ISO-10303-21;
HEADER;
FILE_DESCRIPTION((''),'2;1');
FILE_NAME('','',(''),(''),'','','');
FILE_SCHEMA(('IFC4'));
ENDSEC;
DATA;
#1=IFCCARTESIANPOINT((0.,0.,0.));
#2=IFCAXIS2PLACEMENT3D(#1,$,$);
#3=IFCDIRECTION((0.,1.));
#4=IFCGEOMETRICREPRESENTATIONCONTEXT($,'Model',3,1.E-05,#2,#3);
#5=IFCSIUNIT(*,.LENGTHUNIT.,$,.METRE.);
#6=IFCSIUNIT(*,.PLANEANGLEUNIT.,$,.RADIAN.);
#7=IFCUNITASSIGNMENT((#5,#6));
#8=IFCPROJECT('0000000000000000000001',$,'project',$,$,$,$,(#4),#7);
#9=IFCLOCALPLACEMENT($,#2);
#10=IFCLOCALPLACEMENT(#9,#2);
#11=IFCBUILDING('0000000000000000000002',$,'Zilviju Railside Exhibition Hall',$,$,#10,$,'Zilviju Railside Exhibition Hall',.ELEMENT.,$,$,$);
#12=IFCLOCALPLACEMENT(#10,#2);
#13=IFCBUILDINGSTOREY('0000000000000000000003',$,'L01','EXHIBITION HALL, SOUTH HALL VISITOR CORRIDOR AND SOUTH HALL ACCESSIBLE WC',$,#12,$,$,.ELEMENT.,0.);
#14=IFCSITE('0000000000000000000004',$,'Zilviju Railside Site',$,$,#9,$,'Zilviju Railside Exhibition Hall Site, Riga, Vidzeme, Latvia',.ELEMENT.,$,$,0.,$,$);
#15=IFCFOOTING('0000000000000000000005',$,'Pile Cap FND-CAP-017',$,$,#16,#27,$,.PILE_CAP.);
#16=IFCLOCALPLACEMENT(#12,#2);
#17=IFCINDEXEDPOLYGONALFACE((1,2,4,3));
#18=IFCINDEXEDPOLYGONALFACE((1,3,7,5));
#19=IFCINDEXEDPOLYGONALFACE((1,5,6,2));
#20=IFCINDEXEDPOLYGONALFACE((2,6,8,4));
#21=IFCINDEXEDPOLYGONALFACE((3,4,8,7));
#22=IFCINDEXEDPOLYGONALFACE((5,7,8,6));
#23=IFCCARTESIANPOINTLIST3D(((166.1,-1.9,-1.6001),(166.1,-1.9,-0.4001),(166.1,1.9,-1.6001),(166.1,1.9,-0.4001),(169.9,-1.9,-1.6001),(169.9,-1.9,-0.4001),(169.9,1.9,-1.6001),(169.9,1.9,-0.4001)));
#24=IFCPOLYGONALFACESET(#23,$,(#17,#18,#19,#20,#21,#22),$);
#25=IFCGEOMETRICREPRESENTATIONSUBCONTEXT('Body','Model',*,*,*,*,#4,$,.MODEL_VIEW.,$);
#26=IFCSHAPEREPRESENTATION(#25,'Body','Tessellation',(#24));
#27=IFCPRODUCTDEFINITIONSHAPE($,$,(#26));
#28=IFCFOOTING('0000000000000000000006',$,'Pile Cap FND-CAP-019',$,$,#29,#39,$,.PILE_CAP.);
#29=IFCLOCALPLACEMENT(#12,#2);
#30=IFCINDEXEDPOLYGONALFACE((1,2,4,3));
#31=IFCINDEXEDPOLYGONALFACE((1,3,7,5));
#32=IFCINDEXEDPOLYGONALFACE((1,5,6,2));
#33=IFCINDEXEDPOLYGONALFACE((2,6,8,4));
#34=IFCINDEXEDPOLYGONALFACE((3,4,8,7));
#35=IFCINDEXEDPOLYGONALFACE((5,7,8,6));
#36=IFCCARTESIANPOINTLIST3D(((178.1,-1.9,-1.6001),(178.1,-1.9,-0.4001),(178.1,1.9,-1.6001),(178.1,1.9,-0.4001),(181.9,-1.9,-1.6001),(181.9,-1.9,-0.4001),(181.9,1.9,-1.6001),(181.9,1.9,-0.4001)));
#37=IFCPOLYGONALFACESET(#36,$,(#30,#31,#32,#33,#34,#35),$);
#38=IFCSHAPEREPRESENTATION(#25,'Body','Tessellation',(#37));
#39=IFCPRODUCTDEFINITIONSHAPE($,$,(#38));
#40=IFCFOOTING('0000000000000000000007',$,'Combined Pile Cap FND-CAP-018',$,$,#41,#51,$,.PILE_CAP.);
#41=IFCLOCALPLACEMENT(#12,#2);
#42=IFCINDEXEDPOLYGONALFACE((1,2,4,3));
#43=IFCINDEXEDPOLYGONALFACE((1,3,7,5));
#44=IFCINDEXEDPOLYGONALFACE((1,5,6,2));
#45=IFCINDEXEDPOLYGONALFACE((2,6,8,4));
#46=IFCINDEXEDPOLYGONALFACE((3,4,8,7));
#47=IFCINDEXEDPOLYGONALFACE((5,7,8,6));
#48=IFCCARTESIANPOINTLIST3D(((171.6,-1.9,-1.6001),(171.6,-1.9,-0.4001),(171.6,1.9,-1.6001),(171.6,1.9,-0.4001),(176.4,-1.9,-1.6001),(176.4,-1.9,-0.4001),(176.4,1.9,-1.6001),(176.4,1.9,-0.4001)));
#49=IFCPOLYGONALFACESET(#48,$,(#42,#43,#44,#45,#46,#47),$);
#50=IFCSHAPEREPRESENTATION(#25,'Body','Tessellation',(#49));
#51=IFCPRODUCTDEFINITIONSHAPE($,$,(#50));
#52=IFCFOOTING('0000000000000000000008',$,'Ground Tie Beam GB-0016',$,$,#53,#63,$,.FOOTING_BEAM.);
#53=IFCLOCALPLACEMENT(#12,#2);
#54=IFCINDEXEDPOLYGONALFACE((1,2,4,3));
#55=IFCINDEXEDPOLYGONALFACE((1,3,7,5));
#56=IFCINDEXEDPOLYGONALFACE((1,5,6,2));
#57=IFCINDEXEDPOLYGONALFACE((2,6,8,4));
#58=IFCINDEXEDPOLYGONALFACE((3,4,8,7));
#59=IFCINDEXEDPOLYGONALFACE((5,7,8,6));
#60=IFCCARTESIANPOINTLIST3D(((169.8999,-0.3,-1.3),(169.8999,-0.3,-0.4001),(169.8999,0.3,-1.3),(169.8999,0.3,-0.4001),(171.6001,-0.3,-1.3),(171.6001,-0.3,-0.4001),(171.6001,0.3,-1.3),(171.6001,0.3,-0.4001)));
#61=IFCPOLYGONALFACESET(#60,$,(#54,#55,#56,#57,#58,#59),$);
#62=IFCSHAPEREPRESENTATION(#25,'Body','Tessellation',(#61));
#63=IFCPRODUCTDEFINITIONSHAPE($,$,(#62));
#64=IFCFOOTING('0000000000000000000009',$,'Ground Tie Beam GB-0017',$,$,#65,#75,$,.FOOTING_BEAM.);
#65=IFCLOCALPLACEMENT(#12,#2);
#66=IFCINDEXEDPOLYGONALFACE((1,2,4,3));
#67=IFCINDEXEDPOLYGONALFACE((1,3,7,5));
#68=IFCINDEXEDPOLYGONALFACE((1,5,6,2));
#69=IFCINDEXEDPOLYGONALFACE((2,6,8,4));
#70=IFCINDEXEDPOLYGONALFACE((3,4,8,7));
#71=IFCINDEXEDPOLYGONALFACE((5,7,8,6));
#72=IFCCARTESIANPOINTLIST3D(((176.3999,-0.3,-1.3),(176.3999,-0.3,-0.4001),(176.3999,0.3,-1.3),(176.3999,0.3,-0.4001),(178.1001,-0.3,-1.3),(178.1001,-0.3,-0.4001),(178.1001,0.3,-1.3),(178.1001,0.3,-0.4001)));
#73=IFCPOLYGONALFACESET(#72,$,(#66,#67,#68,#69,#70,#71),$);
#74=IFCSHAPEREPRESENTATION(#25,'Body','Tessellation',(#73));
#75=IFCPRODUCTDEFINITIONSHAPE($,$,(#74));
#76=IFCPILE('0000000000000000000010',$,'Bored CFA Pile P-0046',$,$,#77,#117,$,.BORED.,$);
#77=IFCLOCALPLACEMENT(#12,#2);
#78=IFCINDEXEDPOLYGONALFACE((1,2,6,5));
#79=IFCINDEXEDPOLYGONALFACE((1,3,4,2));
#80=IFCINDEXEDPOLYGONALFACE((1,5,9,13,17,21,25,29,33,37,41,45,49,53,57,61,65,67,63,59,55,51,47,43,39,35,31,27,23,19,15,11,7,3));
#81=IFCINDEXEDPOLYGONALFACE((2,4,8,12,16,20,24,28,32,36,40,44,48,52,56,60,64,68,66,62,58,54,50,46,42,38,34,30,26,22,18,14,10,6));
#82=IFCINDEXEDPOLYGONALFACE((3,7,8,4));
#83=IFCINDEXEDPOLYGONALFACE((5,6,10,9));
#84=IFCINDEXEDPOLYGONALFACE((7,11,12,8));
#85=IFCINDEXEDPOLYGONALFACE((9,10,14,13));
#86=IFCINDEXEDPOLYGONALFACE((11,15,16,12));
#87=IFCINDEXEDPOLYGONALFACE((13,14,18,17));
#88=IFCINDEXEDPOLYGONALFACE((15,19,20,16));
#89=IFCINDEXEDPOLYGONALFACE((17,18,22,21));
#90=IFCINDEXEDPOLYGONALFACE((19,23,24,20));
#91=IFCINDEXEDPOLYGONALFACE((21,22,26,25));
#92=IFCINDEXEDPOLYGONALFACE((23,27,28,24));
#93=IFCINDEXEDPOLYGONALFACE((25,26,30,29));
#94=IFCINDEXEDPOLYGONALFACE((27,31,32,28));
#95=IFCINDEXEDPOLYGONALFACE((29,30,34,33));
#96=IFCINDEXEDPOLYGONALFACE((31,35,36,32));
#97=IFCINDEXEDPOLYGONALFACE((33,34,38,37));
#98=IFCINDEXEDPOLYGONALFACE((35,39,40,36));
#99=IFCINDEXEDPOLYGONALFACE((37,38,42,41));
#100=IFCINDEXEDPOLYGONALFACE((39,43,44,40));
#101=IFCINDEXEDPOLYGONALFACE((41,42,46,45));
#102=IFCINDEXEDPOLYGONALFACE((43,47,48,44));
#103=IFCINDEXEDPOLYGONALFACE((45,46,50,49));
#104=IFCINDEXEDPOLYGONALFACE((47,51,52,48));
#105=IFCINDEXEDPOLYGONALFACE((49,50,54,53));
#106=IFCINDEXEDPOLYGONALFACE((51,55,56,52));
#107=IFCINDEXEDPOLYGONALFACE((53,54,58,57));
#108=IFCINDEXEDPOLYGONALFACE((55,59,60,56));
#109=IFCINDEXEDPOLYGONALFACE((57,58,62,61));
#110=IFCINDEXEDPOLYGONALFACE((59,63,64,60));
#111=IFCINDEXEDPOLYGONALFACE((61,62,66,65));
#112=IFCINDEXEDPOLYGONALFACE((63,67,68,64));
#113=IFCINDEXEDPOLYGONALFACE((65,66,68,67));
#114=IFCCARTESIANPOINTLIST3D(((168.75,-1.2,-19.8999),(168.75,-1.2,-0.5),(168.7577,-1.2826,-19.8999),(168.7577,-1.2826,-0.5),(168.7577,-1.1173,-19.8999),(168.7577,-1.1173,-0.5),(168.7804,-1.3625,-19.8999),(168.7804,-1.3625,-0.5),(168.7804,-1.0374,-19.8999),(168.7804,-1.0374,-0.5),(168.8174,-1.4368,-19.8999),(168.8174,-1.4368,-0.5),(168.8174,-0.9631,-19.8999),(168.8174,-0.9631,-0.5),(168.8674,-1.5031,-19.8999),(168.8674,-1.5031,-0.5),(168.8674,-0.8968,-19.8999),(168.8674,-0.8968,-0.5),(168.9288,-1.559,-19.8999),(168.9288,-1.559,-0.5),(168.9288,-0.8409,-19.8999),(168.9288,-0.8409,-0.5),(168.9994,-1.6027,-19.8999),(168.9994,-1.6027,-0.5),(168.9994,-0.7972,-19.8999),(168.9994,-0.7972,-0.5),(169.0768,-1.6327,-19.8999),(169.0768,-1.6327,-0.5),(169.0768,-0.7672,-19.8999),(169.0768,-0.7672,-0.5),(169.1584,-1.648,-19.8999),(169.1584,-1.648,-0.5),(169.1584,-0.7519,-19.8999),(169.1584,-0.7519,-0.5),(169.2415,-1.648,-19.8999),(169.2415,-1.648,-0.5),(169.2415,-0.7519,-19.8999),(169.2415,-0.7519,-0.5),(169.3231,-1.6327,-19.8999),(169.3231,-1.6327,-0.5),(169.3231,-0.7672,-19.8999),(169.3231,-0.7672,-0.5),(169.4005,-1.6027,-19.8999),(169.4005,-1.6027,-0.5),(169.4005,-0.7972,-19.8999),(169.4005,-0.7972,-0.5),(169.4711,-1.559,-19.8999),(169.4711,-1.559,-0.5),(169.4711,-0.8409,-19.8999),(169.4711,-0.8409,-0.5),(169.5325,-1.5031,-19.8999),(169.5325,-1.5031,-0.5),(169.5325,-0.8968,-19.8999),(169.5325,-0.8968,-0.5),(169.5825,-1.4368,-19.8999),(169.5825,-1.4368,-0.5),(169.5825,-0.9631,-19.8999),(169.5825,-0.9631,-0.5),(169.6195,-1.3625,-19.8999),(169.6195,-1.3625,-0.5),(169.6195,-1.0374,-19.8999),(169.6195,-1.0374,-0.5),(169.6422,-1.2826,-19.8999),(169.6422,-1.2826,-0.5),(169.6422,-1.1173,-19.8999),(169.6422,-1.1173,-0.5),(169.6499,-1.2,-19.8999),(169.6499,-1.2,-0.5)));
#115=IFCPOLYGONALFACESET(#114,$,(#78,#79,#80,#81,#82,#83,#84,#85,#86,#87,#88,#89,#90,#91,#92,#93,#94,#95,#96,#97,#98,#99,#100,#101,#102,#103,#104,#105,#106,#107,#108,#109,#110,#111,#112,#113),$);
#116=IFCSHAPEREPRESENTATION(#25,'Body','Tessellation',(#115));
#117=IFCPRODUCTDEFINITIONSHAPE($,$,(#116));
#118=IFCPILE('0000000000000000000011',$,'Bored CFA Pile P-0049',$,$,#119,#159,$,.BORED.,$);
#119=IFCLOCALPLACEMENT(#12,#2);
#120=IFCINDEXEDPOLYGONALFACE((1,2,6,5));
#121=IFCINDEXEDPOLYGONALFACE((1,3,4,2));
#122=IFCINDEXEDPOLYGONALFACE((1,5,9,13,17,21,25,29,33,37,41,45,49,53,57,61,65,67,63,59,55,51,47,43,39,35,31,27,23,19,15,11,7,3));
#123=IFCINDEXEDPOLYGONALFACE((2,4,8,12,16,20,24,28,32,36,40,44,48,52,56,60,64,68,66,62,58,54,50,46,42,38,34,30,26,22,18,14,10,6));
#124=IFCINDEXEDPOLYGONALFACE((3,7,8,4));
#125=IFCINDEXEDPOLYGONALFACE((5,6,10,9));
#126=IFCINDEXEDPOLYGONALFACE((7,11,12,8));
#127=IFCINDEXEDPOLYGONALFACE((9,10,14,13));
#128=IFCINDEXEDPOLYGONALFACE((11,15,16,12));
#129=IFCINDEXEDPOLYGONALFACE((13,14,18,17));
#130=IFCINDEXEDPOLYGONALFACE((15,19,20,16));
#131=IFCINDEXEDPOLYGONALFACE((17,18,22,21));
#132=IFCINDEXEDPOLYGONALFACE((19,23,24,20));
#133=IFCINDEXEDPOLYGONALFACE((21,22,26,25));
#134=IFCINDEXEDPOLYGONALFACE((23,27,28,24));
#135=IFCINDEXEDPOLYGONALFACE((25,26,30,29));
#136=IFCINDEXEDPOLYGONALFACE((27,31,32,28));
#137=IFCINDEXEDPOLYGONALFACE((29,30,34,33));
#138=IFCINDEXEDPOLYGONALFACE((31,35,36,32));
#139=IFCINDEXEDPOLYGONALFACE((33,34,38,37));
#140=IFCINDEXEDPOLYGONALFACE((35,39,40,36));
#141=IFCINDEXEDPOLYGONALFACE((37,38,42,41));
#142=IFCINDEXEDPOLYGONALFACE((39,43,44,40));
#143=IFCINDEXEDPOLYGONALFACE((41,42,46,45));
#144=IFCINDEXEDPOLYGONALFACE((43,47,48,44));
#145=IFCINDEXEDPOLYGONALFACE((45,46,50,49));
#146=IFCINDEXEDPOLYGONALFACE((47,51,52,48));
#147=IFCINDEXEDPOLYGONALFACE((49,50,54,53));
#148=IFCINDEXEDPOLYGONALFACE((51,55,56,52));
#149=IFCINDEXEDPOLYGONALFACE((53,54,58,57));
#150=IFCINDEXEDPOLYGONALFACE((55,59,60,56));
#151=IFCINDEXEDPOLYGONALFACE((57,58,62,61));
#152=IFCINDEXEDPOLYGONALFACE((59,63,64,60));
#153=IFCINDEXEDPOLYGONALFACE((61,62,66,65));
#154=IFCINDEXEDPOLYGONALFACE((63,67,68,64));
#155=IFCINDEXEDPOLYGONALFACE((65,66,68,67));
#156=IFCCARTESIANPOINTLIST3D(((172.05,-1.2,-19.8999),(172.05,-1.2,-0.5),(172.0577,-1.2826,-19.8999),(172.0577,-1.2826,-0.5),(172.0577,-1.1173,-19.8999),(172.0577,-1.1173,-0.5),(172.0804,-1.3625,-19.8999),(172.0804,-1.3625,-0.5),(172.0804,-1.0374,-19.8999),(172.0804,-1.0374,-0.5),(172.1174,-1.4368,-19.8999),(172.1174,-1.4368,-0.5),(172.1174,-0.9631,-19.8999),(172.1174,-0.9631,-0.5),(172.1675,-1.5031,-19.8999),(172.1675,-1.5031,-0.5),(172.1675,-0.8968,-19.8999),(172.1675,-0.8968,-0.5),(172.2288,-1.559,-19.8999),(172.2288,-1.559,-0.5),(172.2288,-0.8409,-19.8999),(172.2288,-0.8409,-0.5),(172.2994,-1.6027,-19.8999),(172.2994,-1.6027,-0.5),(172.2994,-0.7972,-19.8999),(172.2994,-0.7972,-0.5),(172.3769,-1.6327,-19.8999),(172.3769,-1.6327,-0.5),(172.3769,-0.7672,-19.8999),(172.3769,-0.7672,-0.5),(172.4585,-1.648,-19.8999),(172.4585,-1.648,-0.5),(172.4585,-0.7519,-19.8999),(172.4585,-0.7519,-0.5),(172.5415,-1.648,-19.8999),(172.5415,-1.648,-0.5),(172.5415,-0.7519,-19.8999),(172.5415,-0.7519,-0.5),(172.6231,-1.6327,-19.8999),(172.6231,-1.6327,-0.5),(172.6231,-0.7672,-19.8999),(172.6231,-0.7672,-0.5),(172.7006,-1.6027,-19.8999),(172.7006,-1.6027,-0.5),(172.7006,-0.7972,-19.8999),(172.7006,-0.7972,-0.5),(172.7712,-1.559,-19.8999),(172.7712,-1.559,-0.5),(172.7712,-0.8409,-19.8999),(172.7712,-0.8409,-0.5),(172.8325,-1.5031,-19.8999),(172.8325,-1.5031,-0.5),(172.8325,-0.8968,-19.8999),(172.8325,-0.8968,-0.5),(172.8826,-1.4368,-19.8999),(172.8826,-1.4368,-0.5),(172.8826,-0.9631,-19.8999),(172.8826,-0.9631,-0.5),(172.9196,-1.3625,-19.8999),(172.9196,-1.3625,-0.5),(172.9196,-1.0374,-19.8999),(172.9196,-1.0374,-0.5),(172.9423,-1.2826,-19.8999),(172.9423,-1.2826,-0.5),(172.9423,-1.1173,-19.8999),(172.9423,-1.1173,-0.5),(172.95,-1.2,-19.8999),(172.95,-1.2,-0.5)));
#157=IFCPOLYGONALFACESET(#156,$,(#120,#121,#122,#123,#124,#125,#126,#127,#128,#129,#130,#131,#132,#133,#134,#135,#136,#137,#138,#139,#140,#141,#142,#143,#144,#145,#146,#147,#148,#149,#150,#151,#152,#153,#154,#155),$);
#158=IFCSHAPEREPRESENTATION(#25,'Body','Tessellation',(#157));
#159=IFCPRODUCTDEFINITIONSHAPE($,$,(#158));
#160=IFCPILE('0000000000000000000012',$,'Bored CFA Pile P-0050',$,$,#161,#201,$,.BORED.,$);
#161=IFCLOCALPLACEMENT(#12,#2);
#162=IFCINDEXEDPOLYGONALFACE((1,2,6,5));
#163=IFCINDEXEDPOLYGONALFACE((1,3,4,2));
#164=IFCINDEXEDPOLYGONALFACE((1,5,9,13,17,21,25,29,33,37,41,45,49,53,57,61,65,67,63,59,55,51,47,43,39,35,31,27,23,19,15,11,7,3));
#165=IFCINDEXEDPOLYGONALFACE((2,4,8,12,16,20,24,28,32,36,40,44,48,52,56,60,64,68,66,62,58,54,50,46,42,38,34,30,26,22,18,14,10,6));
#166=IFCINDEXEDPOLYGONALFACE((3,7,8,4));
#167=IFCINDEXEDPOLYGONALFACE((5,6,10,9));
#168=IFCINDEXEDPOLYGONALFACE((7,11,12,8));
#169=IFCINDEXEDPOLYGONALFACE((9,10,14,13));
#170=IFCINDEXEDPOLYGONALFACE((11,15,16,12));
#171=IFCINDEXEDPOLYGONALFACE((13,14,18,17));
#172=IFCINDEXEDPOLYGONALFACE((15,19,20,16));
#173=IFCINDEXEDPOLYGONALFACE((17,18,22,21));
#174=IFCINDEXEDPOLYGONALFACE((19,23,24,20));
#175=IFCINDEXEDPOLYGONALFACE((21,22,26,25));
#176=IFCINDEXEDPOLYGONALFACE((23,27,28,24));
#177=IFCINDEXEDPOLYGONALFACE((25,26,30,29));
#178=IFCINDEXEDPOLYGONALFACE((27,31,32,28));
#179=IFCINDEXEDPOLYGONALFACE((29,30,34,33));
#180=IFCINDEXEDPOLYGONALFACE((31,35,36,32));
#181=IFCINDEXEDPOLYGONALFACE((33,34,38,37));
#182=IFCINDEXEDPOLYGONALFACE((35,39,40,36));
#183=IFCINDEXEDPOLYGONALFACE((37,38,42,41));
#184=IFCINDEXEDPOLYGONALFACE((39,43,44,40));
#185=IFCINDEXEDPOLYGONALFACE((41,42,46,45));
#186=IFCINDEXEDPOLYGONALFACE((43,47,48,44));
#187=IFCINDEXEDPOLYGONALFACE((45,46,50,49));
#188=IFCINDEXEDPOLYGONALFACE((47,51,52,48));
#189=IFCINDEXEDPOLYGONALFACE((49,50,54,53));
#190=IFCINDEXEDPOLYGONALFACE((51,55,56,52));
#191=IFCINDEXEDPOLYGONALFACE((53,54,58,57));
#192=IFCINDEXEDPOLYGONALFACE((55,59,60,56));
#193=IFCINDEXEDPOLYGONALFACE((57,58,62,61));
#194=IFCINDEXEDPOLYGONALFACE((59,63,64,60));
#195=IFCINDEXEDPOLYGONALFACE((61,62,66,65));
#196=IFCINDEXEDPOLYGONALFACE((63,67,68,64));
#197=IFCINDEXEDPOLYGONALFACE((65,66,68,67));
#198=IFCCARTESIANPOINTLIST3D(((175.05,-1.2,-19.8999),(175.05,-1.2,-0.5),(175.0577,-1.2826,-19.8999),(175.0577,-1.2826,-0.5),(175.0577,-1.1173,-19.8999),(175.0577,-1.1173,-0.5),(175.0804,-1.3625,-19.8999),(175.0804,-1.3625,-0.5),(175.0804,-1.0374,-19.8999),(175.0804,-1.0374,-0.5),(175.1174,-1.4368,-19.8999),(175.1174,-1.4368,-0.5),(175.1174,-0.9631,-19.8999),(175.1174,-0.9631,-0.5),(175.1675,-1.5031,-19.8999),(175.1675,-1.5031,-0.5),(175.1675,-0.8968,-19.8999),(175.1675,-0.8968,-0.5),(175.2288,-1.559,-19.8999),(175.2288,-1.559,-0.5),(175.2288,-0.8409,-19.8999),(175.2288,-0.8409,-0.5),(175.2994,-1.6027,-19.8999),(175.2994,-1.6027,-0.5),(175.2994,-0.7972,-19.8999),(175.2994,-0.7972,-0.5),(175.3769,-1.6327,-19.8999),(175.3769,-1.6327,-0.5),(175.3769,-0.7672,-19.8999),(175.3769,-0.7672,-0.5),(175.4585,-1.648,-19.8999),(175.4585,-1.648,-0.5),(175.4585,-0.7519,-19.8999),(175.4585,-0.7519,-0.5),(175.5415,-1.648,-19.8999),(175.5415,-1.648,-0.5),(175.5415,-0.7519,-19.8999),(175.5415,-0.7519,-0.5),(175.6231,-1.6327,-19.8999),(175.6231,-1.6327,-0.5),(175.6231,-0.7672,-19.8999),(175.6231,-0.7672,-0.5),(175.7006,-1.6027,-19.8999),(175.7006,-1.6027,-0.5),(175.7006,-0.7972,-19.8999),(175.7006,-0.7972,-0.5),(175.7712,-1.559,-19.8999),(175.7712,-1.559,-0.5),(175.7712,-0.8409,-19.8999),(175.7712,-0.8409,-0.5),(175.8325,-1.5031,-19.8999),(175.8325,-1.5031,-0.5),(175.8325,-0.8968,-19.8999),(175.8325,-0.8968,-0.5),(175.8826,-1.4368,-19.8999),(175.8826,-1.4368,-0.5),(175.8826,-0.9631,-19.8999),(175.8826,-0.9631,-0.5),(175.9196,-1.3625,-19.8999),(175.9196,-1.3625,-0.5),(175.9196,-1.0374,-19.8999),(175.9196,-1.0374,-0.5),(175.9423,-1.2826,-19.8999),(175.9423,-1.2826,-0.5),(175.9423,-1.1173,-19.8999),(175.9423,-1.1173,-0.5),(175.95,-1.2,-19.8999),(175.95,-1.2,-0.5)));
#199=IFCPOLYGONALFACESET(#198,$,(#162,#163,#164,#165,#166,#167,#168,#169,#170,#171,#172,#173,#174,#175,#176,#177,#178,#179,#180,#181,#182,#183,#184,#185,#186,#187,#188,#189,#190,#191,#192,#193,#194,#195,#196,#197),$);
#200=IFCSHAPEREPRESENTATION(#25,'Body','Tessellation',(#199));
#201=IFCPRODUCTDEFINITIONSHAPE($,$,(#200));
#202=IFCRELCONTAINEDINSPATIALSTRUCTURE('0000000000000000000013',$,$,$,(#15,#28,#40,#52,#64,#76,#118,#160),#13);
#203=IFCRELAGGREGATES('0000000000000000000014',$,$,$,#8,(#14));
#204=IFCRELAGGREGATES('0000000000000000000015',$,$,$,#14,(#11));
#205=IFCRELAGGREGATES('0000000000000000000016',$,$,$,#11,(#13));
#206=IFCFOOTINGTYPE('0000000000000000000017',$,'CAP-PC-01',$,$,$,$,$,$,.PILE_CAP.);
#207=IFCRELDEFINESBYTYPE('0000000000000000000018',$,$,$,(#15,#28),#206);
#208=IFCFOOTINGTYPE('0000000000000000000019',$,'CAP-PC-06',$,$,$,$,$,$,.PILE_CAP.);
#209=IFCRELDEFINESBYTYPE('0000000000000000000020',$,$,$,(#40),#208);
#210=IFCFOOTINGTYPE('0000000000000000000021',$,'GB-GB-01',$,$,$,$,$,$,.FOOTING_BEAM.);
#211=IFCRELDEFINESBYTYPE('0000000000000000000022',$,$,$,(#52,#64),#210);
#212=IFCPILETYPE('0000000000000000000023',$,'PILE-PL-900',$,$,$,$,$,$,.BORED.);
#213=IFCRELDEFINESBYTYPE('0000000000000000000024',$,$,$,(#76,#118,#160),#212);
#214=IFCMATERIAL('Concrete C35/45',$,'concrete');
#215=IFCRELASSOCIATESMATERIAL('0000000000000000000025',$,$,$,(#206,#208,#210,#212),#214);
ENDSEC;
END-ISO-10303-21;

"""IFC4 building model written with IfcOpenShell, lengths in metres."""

from ifc_helpers import new_model, si_unit, direction, frame, origin, origin_2d, place, context, subcontext, project, spatial, rectangle, circle, extrude, material, material_profile, profile_set, type_object, element, save


model = new_model("IFC4")

# Units and contexts
model_context = context("Model", 3, precision=1e-05, world=origin(), true_north=direction((0.0, 1.0)))
body_context = subcontext(model_context, "Body", "Model", "MODEL_VIEW")
ifc_project = project(units=[si_unit("LENGTHUNIT", "METRE"), si_unit("PLANEANGLEUNIT", "RADIAN")], contexts=[model_context])

# Site, building, storey
site_placement = place(None, origin())
site = spatial("IfcSite", under=ifc_project, at=site_placement, Name="Zilviju Railside Site", LongName="Zilviju Railside Exhibition Hall Site, Riga, Vidzeme, Latvia", CompositionType="ELEMENT", RefElevation=0.0)
building_placement = place(site_placement, origin())
building = spatial("IfcBuilding", under=site, at=building_placement, Name="Zilviju Railside Exhibition Hall", LongName="Zilviju Railside Exhibition Hall", CompositionType="ELEMENT")
storey_placement = place(building_placement, origin())
storey = spatial("IfcBuildingStorey", under=building, at=storey_placement, Name="L01", Description="EXHIBITION HALL, SOUTH HALL VISITOR CORRIDOR AND SOUTH HALL ACCESSIBLE WC", CompositionType="ELEMENT", Elevation=0.0)

# Footings
ifc_material_1 = material(Name="Concrete C35/45", Category="concrete")
footing_type_1 = type_object("IfcFootingType", Name="CAP-PC-01", PredefinedType="PILE_CAP", material=ifc_material_1)
for number, where, z_axis, x_axis, name in (
    (1, (168.0, 0.0, -1.6001), (0.0, 0.0, 1.0), (1.0, 0.0, 0.0), "Pile Cap FND-CAP-017"),
    (2, (180.0, 0.0, -1.6001), (0.0, 0.0, 1.0), (1.0, 0.0, 0.0), "Pile Cap FND-CAP-019"),
):
    element("IfcFooting", number, at=place(storey_placement, frame(where, z_axis=z_axis, x_axis=x_axis)), inside=storey, type_object=footing_type_1, Name=name, PredefinedType="PILE_CAP", context=body_context, shape_type="SweptSolid", body=[
        extrude(rectangle(XDim=3.8, YDim=3.8, at=origin_2d()), origin(), (0.0, 0.0, 1.0), 1.2),
    ])
footing_type_2 = type_object("IfcFootingType", Name="CAP-PC-06", PredefinedType="PILE_CAP", material=ifc_material_1)
footing_placement = place(storey_placement, frame((174.0, 0.0, -1.6001), z_axis=(0.0, 0.0, 1.0), x_axis=(1.0, 0.0, 0.0)))
element("IfcFooting", 3, at=footing_placement, inside=storey, type_object=footing_type_2, Name="Combined Pile Cap FND-CAP-018", PredefinedType="PILE_CAP", context=body_context, shape_type="SweptSolid", body=[
    extrude(rectangle(XDim=4.8, YDim=3.8, at=origin_2d()), origin(), (0.0, 0.0, 1.0), 1.2),
])
ifc_material_profile_1 = material_profile(ifc_material_1, rectangle(XDim=0.6001, YDim=0.8999, at=origin_2d()), Name="TIE BEAM 600x900")
ifc_profile_set_1 = profile_set([ifc_material_profile_1], Name="Concrete C35/45")
footing_type_3 = type_object("IfcFootingType", Name="GB-GB-01", PredefinedType="FOOTING_BEAM", material=ifc_profile_set_1)
for number, where, z_axis, x_axis, name in (
    (4, (169.8999, 0.0, -0.8501), (1.0, 0.0, 0.0), (0.0, 1.0, 0.0), "Ground Tie Beam GB-0016"),
    (5, (176.3999, 0.0, -0.8501), (1.0, 0.0, 0.0), (0.0, 1.0, 0.0), "Ground Tie Beam GB-0017"),
):
    element("IfcFooting", number, at=place(storey_placement, frame(where, z_axis=z_axis, x_axis=x_axis)), inside=storey, type_object=footing_type_3, Name=name, PredefinedType="FOOTING_BEAM", context=body_context, shape_type="SweptSolid", body=[
        extrude(rectangle(XDim=0.6001, YDim=0.8999, at=origin_2d()), origin(), (0.0, 0.0, 1.0), 1.7002),
    ])

# Piles
ifc_material_profile_2 = material_profile(ifc_material_1, circle(Radius=0.45, at=origin_2d()), Name="CFA PILE D900")
ifc_profile_set_2 = profile_set([ifc_material_profile_2], Name="Concrete C35/45")
pile_type = type_object("IfcPileType", Name="PILE-PL-900", PredefinedType="BORED", material=ifc_profile_set_2)
for number, where, z_axis, x_axis, name in (
    (6, (169.2, -1.2, -0.5), (0.0, 0.0, -1.0), (1.0, 0.0, 0.0), "Bored CFA Pile P-0046"),
    (7, (172.5, -1.2, -0.5), (0.0, 0.0, -1.0), (1.0, 0.0, 0.0), "Bored CFA Pile P-0049"),
    (8, (175.5, -1.2, -0.5), (0.0, 0.0, -1.0), (1.0, 0.0, 0.0), "Bored CFA Pile P-0050"),
):
    element("IfcPile", number, at=place(storey_placement, frame(where, z_axis=z_axis, x_axis=x_axis)), inside=storey, type_object=pile_type, Name=name, PredefinedType="BORED", context=body_context, shape_type="SweptSolid", body=[
        extrude(circle(Radius=0.45, at=origin_2d()), origin(), (0.0, 0.0, 1.0), 19.3999),
    ])

save(model, "model.ifc")
